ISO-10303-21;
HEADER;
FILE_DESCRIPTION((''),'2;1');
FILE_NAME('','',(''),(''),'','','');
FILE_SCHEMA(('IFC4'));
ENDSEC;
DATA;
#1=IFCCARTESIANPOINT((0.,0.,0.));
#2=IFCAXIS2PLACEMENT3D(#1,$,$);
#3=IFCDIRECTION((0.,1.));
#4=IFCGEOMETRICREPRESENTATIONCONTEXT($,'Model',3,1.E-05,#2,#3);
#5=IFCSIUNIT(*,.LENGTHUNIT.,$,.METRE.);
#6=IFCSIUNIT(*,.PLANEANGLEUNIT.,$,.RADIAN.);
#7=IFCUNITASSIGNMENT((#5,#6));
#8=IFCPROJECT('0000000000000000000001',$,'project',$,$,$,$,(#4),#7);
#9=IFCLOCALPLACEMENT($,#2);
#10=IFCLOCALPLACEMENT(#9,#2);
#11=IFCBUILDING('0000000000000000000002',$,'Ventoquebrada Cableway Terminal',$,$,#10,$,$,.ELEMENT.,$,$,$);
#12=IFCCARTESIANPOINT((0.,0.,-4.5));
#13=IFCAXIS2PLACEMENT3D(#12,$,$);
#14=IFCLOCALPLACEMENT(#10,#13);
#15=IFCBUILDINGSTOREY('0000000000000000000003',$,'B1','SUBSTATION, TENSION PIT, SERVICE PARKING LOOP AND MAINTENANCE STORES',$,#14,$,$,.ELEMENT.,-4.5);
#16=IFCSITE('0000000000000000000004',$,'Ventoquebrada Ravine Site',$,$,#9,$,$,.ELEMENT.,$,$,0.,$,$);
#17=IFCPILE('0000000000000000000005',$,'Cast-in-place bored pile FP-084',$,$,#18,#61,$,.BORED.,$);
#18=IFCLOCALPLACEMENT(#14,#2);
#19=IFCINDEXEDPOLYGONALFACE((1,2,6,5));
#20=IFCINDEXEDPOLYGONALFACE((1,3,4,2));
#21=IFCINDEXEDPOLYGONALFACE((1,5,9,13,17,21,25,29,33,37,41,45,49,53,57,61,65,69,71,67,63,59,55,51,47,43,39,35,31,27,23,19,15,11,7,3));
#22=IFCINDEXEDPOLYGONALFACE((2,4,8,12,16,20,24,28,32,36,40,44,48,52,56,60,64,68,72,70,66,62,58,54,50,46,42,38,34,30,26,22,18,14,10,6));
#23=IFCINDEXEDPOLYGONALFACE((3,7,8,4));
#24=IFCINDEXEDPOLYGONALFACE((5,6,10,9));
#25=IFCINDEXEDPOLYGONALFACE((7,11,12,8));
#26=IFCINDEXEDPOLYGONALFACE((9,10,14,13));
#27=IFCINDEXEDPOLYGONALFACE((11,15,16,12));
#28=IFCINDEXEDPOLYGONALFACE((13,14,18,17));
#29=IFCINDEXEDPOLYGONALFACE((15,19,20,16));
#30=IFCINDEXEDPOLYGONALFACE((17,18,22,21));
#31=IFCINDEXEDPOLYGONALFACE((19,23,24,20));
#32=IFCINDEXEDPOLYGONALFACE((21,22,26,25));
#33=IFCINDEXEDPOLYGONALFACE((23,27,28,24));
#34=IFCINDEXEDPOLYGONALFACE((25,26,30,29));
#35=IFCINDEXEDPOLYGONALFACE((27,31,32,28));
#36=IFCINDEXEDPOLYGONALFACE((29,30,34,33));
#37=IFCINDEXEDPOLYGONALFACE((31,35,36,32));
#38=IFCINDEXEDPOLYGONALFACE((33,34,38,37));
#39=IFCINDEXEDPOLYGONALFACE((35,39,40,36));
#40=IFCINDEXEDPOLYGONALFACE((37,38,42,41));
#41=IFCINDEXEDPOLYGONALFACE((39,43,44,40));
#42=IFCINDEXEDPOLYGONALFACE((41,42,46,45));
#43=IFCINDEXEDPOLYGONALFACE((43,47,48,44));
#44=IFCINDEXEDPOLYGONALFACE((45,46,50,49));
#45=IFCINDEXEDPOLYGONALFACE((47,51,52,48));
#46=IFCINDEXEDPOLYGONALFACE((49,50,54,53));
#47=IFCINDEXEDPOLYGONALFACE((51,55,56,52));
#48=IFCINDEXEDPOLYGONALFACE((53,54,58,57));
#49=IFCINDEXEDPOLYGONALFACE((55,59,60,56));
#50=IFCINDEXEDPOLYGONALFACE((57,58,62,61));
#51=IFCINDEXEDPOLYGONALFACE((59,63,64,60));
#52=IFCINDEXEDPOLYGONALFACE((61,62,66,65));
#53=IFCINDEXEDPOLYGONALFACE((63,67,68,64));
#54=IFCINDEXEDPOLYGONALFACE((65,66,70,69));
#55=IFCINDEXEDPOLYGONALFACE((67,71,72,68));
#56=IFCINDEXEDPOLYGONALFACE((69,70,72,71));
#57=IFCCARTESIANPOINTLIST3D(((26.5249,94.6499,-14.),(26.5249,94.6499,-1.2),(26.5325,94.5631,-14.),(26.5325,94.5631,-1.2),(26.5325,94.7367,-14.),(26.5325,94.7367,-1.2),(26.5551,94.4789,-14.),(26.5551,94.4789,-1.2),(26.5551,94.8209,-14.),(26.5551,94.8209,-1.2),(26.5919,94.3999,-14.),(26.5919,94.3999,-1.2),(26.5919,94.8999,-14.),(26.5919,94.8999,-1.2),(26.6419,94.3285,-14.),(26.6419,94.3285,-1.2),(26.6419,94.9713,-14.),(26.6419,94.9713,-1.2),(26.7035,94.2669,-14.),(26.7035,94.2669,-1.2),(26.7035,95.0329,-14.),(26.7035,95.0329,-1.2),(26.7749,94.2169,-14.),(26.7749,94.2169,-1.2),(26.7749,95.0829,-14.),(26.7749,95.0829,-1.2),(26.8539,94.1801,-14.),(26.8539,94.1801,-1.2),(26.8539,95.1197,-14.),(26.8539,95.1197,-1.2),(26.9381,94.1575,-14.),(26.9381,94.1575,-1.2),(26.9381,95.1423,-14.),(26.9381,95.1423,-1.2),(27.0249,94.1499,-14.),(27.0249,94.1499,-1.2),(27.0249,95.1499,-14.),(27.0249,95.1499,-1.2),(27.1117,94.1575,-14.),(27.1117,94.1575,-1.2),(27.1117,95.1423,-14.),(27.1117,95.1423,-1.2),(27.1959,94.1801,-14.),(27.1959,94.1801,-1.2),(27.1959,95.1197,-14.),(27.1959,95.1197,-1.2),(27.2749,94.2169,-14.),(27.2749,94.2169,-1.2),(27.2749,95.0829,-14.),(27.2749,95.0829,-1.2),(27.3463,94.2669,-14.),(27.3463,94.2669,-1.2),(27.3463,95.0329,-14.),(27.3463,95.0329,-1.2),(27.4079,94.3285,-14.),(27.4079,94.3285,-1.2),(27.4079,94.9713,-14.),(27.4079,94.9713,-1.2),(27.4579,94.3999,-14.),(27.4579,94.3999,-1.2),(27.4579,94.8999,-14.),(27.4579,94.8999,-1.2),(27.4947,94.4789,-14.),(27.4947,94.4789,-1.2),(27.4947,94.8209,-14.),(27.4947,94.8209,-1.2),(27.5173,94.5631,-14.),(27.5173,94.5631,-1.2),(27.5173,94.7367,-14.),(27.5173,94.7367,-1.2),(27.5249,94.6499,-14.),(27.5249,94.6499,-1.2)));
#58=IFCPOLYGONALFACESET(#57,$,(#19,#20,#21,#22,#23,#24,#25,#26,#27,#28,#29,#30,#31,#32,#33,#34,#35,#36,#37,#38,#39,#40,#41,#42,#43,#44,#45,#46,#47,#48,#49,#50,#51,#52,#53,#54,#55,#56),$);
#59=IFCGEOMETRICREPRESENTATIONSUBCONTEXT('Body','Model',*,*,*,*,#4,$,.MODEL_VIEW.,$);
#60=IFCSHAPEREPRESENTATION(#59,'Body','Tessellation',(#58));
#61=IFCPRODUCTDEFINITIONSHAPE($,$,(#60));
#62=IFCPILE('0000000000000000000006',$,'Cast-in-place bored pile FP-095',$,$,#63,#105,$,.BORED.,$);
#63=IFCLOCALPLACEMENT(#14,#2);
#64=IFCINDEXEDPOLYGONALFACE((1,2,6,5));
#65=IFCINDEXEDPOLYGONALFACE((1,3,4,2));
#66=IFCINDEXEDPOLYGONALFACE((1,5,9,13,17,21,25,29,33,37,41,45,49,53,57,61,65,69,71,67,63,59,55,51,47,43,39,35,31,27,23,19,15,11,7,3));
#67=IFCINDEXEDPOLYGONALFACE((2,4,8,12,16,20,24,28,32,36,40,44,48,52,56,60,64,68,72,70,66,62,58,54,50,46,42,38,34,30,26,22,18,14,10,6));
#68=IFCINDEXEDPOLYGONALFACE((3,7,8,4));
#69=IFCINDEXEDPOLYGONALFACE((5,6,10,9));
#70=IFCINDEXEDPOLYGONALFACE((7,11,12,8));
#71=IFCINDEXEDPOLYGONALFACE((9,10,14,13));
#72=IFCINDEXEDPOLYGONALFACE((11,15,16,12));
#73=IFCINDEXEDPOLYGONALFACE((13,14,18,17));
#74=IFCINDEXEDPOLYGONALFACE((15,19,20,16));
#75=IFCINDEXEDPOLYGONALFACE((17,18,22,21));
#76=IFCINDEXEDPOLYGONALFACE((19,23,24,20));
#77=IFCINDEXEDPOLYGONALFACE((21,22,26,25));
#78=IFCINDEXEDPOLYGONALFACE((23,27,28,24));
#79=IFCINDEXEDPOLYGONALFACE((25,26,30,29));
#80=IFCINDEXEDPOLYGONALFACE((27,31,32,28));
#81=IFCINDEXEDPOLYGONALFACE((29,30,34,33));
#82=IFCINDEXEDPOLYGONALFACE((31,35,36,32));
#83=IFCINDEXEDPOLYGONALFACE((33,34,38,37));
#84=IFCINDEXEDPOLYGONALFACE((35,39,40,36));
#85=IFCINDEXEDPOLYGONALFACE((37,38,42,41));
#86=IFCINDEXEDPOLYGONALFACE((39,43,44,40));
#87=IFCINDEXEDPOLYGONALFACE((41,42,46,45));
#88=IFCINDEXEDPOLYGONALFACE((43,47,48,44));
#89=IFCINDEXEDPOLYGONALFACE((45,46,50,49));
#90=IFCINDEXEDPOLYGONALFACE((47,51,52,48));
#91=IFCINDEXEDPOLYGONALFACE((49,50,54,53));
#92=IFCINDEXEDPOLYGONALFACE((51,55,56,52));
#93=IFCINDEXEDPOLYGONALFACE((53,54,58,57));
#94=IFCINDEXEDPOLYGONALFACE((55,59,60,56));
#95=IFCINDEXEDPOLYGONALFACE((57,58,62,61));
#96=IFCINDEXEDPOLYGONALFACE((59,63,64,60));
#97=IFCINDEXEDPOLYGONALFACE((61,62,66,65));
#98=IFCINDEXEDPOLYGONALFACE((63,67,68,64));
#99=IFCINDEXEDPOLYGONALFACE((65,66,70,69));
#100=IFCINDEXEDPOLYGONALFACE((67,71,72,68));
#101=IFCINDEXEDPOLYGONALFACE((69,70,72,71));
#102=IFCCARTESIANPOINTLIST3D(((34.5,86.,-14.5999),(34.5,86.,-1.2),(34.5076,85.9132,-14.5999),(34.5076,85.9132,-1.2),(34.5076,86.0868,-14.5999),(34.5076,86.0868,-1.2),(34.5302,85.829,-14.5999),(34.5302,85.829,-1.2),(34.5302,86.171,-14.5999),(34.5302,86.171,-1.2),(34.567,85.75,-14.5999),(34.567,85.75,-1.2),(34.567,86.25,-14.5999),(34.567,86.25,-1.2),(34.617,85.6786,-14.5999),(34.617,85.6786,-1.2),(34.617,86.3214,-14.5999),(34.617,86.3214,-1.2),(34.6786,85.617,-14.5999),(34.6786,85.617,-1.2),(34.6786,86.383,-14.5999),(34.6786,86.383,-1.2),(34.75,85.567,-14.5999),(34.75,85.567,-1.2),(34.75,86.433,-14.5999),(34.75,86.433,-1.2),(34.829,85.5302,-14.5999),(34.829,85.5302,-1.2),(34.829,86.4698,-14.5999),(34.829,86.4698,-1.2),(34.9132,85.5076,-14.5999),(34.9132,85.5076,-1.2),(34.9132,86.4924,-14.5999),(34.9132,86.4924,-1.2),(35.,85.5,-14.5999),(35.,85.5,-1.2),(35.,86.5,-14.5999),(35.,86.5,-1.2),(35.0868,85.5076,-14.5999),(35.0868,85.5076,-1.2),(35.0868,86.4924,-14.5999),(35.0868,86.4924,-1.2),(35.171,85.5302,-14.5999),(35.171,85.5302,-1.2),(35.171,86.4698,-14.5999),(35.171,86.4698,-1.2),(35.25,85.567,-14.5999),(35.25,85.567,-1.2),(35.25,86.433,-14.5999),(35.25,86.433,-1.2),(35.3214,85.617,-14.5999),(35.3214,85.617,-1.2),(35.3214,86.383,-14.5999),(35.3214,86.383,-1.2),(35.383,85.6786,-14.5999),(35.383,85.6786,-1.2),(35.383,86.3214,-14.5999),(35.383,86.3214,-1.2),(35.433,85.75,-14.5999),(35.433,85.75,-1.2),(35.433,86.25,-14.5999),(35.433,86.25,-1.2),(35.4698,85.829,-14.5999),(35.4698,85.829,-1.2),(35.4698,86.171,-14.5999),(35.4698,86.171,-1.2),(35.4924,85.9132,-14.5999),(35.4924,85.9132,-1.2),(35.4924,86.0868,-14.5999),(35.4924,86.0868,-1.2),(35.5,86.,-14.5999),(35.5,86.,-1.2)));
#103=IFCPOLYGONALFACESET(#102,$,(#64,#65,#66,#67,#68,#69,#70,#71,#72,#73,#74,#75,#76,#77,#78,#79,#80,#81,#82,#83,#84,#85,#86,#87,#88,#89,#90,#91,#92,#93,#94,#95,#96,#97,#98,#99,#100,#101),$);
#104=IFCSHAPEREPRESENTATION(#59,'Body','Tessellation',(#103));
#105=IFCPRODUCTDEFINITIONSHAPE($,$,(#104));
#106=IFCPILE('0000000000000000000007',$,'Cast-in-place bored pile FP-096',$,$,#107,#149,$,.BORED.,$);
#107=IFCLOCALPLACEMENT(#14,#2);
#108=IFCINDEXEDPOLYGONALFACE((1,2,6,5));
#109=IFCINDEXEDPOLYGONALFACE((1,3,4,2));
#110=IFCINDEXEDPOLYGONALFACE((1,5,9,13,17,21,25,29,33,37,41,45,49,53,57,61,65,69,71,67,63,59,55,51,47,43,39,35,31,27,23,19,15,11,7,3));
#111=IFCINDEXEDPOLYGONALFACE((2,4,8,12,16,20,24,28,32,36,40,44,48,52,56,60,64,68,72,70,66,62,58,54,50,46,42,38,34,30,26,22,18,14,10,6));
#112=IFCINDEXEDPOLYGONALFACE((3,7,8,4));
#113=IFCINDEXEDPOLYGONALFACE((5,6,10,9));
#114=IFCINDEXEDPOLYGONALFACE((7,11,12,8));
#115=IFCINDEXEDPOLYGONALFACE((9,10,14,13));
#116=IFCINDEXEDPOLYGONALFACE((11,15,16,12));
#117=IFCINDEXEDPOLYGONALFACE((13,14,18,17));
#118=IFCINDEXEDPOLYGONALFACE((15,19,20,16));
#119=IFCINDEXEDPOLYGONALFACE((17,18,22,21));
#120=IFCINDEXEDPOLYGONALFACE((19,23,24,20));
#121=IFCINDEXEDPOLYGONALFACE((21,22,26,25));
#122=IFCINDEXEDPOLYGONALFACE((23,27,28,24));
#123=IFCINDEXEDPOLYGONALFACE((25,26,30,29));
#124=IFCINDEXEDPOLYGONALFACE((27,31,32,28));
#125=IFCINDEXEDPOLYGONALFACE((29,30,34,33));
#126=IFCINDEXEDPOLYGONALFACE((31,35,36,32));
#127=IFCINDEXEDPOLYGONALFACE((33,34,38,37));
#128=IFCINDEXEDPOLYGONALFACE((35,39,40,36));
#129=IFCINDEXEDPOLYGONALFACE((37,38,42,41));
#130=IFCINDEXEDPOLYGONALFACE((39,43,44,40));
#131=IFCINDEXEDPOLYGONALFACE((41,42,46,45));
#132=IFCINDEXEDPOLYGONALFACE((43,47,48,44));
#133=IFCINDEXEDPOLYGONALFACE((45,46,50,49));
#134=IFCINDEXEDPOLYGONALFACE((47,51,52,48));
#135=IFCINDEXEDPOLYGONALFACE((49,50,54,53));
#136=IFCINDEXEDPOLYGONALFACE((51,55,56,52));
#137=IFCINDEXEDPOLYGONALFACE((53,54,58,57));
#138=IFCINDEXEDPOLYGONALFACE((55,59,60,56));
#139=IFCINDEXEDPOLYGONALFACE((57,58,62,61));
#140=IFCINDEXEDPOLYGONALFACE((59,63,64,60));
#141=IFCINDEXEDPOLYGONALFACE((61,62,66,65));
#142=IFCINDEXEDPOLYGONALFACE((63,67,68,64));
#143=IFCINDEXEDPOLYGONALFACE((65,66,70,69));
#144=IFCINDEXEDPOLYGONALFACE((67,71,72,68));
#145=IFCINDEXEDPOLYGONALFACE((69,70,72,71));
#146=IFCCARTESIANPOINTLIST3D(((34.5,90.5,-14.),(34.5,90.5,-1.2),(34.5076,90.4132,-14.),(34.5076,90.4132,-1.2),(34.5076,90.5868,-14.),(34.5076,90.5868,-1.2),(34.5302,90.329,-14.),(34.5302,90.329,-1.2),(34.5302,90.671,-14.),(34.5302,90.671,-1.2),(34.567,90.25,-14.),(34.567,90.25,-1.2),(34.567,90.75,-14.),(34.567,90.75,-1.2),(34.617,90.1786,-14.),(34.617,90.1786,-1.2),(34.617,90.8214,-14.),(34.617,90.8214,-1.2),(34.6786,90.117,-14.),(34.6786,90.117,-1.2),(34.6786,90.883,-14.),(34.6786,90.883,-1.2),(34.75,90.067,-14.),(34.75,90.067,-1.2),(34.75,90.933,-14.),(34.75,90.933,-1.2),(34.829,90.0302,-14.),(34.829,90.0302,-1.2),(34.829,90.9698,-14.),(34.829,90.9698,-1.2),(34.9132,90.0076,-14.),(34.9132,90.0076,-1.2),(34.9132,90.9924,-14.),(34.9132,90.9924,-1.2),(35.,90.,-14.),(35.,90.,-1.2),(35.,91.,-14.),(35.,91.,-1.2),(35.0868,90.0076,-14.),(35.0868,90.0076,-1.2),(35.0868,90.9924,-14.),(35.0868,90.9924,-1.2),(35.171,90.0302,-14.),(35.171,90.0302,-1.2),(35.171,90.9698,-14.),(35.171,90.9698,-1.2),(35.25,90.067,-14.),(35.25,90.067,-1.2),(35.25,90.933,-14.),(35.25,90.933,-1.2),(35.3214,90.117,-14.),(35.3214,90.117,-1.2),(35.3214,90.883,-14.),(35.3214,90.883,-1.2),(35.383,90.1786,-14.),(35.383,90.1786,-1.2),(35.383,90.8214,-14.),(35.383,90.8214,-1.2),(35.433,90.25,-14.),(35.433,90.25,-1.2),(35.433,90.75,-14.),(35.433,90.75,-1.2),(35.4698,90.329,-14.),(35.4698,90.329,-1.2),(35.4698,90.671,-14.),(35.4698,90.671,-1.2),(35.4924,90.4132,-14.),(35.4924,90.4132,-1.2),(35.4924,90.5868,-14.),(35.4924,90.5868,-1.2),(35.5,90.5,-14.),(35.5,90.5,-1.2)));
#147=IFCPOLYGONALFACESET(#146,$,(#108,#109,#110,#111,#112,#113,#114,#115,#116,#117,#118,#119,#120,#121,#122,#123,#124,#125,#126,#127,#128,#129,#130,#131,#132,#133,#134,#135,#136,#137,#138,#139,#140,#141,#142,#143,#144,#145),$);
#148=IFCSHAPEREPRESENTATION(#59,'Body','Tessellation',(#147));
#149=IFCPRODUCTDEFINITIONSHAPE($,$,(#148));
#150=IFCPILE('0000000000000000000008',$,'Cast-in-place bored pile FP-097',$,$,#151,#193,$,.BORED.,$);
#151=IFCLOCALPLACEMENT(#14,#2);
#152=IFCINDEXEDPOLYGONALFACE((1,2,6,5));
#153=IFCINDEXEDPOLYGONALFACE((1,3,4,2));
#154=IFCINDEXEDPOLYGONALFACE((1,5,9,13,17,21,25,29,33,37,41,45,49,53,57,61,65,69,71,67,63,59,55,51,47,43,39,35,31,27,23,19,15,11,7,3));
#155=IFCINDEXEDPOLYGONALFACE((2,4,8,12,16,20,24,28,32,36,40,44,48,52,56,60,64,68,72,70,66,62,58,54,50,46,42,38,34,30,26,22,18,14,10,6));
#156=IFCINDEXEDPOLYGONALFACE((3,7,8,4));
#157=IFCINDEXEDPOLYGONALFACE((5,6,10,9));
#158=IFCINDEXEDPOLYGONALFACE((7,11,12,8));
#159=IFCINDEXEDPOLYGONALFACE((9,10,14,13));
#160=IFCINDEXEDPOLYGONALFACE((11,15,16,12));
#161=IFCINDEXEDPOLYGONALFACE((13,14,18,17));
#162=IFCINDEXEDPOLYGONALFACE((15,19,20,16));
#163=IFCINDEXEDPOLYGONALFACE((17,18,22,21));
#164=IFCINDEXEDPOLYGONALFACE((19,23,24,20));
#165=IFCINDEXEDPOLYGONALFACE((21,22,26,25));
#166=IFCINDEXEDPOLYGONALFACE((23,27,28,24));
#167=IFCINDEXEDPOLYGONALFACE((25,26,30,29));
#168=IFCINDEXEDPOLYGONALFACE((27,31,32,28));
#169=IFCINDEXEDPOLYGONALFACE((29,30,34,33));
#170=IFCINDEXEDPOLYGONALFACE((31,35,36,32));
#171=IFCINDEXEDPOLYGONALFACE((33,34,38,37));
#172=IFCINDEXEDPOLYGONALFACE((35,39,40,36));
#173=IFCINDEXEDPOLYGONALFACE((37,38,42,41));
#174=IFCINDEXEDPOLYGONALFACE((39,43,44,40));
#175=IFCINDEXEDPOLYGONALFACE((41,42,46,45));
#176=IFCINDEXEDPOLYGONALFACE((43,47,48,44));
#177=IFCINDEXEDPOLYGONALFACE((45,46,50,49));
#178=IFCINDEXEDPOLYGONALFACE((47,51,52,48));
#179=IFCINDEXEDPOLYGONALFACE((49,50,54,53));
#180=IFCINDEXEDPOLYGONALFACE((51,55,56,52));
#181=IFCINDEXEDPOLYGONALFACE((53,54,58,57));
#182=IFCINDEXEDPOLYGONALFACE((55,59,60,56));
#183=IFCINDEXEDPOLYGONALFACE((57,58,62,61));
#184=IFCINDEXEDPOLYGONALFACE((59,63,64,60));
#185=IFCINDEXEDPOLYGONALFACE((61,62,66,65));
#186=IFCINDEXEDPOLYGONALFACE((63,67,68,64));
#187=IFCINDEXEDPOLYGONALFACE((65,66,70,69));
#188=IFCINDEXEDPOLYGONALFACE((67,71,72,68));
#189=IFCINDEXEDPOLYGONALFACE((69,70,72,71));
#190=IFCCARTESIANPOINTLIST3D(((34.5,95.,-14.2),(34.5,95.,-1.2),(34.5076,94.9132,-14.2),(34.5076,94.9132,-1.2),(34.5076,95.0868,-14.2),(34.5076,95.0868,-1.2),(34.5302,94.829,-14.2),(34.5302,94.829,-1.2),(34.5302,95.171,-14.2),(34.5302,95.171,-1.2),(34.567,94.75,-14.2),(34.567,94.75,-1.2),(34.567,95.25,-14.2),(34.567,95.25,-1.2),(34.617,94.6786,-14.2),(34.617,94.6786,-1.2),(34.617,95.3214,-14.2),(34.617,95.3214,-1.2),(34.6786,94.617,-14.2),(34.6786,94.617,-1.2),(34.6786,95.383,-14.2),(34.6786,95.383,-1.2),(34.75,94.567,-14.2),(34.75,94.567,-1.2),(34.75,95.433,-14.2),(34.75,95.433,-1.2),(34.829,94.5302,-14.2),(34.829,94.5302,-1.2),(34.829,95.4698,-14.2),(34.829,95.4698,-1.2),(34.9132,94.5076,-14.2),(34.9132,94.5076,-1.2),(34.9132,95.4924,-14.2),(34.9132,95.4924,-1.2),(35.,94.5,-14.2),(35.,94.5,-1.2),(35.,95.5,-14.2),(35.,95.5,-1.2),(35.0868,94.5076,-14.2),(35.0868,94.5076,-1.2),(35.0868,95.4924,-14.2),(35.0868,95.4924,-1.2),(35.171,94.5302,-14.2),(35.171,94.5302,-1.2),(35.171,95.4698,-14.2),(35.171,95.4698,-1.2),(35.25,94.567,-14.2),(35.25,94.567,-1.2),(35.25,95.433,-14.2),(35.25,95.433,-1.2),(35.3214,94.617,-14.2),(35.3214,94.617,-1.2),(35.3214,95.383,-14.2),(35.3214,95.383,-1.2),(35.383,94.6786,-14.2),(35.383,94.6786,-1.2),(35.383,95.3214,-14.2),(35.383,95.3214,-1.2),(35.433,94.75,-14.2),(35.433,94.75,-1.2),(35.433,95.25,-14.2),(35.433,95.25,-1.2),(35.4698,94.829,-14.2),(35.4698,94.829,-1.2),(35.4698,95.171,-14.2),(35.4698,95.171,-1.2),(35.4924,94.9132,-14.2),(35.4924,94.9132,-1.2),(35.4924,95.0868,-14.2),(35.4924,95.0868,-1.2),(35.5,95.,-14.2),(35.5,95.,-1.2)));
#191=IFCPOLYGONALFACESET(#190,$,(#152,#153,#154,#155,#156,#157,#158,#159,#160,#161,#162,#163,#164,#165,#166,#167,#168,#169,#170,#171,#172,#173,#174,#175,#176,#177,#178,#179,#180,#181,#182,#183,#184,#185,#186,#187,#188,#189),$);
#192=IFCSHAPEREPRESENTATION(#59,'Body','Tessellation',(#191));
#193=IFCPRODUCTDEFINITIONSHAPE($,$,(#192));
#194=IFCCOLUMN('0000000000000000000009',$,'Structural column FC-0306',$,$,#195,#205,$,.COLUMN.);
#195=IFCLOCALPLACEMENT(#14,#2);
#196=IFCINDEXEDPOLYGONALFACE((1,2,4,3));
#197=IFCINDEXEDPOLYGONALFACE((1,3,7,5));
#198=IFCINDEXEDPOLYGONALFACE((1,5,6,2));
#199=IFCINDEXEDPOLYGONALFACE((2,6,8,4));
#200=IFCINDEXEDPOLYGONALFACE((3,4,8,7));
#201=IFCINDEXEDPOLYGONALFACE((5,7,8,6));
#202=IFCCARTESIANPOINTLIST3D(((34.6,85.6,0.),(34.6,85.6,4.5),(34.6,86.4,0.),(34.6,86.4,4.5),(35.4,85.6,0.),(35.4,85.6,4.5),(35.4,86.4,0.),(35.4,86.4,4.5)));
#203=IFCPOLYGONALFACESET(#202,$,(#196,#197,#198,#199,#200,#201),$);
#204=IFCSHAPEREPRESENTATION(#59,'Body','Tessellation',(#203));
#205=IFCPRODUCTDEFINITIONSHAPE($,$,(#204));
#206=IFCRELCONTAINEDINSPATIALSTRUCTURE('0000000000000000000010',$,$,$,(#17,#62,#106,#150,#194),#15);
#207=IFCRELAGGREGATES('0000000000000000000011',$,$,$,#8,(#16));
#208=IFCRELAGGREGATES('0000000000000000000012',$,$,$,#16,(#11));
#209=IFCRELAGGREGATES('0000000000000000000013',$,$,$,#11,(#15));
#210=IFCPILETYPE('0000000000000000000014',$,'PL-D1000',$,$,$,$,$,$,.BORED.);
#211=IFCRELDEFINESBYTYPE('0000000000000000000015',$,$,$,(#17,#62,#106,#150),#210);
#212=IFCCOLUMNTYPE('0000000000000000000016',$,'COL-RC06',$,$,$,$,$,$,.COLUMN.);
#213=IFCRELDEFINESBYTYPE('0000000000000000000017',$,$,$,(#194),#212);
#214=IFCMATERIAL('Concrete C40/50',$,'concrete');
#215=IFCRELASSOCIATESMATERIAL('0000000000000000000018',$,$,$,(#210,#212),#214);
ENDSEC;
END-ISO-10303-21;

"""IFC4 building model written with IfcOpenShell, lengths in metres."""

from ifc_helpers import new_model, si_unit, direction, frame, origin, origin_2d, place, context, subcontext, project, spatial, rectangle, circle, extrude, material, material_profile, profile_set, type_object, element, save


model = new_model("IFC4")

# Units and contexts
model_context = context("Model", 3, precision=1e-05, world=origin(), true_north=direction((0.0, 1.0)))
body_context = subcontext(model_context, "Body", "Model", "MODEL_VIEW")
ifc_project = project(units=[si_unit("LENGTHUNIT", "METRE"), si_unit("PLANEANGLEUNIT", "RADIAN")], contexts=[model_context])

# Site, building, storey
site_placement = place(None, origin())
site = spatial("IfcSite", under=ifc_project, at=site_placement, Name="Ventoquebrada Ravine Site", CompositionType="ELEMENT", RefElevation=0.0)
building_placement = place(site_placement, origin())
building = spatial("IfcBuilding", under=site, at=building_placement, Name="Ventoquebrada Cableway Terminal", CompositionType="ELEMENT")
storey_placement = place(building_placement, frame((0.0, 0.0, -4.5)))
storey = spatial("IfcBuildingStorey", under=building, at=storey_placement, Name="B1", Description="SUBSTATION, TENSION PIT, SERVICE PARKING LOOP AND MAINTENANCE STORES", CompositionType="ELEMENT", Elevation=-4.5)

# Shared definitions
ifc_material_1 = material(Name="Concrete C40/50", Category="concrete")

# Piles
ifc_material_profile_1 = material_profile(ifc_material_1, circle(Radius=0.5, at=origin_2d()), Name="PILE-D1000")
ifc_profile_set_1 = profile_set([ifc_material_profile_1], Name="Concrete C40/50")
pile_type = type_object("IfcPileType", Name="PL-D1000", PredefinedType="BORED", material=ifc_profile_set_1)
pile_1_placement = place(storey_placement, frame((27.0249, 94.6499, -1.2), z_axis=(0.0, 0.0, -1.0), x_axis=(1.0, 0.0, 0.0)))
element("IfcPile", 1, at=pile_1_placement, inside=storey, type_object=pile_type, Name="Cast-in-place bored pile FP-084", PredefinedType="BORED", context=body_context, shape_type="SweptSolid", body=[
    extrude(circle(Radius=0.5, at=origin_2d()), origin(), (0.0, 0.0, 1.0), 12.8),
])
pile_2_placement = place(storey_placement, frame((35.0, 86.0, -1.2), z_axis=(0.0, 0.0, -1.0), x_axis=(1.0, 0.0, 0.0)))
element("IfcPile", 2, at=pile_2_placement, inside=storey, type_object=pile_type, Name="Cast-in-place bored pile FP-095", PredefinedType="BORED", context=body_context, shape_type="SweptSolid", body=[
    extrude(circle(Radius=0.5, at=origin_2d()), origin(), (0.0, 0.0, 1.0), 13.3999),
])
pile_3_placement = place(storey_placement, frame((35.0, 90.5, -1.2), z_axis=(0.0, 0.0, -1.0), x_axis=(1.0, 0.0, 0.0)))
element("IfcPile", 3, at=pile_3_placement, inside=storey, type_object=pile_type, Name="Cast-in-place bored pile FP-096", PredefinedType="BORED", context=body_context, shape_type="SweptSolid", body=[
    extrude(circle(Radius=0.5, at=origin_2d()), origin(), (0.0, 0.0, 1.0), 12.8),
])
pile_4_placement = place(storey_placement, frame((35.0, 95.0, -1.2), z_axis=(0.0, 0.0, -1.0), x_axis=(1.0, 0.0, 0.0)))
element("IfcPile", 4, at=pile_4_placement, inside=storey, type_object=pile_type, Name="Cast-in-place bored pile FP-097", PredefinedType="BORED", context=body_context, shape_type="SweptSolid", body=[
    extrude(circle(Radius=0.5, at=origin_2d()), origin(), (0.0, 0.0, 1.0), 13.0),
])

# Column
ifc_material_profile_2 = material_profile(ifc_material_1, rectangle(XDim=0.8, YDim=0.8, at=origin_2d()), Name="RC-COL-800X800")
ifc_profile_set_2 = profile_set([ifc_material_profile_2], Name="Concrete C40/50")
column_type_1 = type_object("IfcColumnType", Name="COL-RC06", PredefinedType="COLUMN", material=ifc_profile_set_2)
for number, where, z_axis, x_axis, name in (
    (5, (35.0, 86.0, 0.0), (0.0, 0.0, 1.0), (1.0, 0.0, 0.0), "Structural column FC-0306"),
):
    element("IfcColumn", number, at=place(storey_placement, frame(where, z_axis=z_axis, x_axis=x_axis)), inside=storey, type_object=column_type_1, Name=name, PredefinedType="COLUMN", context=body_context, shape_type="SweptSolid", body=[
        extrude(rectangle(XDim=0.8, YDim=0.8, at=origin_2d()), origin(), (0.0, 0.0, 1.0), 4.5),
    ])

save(model, "model.ifc")
